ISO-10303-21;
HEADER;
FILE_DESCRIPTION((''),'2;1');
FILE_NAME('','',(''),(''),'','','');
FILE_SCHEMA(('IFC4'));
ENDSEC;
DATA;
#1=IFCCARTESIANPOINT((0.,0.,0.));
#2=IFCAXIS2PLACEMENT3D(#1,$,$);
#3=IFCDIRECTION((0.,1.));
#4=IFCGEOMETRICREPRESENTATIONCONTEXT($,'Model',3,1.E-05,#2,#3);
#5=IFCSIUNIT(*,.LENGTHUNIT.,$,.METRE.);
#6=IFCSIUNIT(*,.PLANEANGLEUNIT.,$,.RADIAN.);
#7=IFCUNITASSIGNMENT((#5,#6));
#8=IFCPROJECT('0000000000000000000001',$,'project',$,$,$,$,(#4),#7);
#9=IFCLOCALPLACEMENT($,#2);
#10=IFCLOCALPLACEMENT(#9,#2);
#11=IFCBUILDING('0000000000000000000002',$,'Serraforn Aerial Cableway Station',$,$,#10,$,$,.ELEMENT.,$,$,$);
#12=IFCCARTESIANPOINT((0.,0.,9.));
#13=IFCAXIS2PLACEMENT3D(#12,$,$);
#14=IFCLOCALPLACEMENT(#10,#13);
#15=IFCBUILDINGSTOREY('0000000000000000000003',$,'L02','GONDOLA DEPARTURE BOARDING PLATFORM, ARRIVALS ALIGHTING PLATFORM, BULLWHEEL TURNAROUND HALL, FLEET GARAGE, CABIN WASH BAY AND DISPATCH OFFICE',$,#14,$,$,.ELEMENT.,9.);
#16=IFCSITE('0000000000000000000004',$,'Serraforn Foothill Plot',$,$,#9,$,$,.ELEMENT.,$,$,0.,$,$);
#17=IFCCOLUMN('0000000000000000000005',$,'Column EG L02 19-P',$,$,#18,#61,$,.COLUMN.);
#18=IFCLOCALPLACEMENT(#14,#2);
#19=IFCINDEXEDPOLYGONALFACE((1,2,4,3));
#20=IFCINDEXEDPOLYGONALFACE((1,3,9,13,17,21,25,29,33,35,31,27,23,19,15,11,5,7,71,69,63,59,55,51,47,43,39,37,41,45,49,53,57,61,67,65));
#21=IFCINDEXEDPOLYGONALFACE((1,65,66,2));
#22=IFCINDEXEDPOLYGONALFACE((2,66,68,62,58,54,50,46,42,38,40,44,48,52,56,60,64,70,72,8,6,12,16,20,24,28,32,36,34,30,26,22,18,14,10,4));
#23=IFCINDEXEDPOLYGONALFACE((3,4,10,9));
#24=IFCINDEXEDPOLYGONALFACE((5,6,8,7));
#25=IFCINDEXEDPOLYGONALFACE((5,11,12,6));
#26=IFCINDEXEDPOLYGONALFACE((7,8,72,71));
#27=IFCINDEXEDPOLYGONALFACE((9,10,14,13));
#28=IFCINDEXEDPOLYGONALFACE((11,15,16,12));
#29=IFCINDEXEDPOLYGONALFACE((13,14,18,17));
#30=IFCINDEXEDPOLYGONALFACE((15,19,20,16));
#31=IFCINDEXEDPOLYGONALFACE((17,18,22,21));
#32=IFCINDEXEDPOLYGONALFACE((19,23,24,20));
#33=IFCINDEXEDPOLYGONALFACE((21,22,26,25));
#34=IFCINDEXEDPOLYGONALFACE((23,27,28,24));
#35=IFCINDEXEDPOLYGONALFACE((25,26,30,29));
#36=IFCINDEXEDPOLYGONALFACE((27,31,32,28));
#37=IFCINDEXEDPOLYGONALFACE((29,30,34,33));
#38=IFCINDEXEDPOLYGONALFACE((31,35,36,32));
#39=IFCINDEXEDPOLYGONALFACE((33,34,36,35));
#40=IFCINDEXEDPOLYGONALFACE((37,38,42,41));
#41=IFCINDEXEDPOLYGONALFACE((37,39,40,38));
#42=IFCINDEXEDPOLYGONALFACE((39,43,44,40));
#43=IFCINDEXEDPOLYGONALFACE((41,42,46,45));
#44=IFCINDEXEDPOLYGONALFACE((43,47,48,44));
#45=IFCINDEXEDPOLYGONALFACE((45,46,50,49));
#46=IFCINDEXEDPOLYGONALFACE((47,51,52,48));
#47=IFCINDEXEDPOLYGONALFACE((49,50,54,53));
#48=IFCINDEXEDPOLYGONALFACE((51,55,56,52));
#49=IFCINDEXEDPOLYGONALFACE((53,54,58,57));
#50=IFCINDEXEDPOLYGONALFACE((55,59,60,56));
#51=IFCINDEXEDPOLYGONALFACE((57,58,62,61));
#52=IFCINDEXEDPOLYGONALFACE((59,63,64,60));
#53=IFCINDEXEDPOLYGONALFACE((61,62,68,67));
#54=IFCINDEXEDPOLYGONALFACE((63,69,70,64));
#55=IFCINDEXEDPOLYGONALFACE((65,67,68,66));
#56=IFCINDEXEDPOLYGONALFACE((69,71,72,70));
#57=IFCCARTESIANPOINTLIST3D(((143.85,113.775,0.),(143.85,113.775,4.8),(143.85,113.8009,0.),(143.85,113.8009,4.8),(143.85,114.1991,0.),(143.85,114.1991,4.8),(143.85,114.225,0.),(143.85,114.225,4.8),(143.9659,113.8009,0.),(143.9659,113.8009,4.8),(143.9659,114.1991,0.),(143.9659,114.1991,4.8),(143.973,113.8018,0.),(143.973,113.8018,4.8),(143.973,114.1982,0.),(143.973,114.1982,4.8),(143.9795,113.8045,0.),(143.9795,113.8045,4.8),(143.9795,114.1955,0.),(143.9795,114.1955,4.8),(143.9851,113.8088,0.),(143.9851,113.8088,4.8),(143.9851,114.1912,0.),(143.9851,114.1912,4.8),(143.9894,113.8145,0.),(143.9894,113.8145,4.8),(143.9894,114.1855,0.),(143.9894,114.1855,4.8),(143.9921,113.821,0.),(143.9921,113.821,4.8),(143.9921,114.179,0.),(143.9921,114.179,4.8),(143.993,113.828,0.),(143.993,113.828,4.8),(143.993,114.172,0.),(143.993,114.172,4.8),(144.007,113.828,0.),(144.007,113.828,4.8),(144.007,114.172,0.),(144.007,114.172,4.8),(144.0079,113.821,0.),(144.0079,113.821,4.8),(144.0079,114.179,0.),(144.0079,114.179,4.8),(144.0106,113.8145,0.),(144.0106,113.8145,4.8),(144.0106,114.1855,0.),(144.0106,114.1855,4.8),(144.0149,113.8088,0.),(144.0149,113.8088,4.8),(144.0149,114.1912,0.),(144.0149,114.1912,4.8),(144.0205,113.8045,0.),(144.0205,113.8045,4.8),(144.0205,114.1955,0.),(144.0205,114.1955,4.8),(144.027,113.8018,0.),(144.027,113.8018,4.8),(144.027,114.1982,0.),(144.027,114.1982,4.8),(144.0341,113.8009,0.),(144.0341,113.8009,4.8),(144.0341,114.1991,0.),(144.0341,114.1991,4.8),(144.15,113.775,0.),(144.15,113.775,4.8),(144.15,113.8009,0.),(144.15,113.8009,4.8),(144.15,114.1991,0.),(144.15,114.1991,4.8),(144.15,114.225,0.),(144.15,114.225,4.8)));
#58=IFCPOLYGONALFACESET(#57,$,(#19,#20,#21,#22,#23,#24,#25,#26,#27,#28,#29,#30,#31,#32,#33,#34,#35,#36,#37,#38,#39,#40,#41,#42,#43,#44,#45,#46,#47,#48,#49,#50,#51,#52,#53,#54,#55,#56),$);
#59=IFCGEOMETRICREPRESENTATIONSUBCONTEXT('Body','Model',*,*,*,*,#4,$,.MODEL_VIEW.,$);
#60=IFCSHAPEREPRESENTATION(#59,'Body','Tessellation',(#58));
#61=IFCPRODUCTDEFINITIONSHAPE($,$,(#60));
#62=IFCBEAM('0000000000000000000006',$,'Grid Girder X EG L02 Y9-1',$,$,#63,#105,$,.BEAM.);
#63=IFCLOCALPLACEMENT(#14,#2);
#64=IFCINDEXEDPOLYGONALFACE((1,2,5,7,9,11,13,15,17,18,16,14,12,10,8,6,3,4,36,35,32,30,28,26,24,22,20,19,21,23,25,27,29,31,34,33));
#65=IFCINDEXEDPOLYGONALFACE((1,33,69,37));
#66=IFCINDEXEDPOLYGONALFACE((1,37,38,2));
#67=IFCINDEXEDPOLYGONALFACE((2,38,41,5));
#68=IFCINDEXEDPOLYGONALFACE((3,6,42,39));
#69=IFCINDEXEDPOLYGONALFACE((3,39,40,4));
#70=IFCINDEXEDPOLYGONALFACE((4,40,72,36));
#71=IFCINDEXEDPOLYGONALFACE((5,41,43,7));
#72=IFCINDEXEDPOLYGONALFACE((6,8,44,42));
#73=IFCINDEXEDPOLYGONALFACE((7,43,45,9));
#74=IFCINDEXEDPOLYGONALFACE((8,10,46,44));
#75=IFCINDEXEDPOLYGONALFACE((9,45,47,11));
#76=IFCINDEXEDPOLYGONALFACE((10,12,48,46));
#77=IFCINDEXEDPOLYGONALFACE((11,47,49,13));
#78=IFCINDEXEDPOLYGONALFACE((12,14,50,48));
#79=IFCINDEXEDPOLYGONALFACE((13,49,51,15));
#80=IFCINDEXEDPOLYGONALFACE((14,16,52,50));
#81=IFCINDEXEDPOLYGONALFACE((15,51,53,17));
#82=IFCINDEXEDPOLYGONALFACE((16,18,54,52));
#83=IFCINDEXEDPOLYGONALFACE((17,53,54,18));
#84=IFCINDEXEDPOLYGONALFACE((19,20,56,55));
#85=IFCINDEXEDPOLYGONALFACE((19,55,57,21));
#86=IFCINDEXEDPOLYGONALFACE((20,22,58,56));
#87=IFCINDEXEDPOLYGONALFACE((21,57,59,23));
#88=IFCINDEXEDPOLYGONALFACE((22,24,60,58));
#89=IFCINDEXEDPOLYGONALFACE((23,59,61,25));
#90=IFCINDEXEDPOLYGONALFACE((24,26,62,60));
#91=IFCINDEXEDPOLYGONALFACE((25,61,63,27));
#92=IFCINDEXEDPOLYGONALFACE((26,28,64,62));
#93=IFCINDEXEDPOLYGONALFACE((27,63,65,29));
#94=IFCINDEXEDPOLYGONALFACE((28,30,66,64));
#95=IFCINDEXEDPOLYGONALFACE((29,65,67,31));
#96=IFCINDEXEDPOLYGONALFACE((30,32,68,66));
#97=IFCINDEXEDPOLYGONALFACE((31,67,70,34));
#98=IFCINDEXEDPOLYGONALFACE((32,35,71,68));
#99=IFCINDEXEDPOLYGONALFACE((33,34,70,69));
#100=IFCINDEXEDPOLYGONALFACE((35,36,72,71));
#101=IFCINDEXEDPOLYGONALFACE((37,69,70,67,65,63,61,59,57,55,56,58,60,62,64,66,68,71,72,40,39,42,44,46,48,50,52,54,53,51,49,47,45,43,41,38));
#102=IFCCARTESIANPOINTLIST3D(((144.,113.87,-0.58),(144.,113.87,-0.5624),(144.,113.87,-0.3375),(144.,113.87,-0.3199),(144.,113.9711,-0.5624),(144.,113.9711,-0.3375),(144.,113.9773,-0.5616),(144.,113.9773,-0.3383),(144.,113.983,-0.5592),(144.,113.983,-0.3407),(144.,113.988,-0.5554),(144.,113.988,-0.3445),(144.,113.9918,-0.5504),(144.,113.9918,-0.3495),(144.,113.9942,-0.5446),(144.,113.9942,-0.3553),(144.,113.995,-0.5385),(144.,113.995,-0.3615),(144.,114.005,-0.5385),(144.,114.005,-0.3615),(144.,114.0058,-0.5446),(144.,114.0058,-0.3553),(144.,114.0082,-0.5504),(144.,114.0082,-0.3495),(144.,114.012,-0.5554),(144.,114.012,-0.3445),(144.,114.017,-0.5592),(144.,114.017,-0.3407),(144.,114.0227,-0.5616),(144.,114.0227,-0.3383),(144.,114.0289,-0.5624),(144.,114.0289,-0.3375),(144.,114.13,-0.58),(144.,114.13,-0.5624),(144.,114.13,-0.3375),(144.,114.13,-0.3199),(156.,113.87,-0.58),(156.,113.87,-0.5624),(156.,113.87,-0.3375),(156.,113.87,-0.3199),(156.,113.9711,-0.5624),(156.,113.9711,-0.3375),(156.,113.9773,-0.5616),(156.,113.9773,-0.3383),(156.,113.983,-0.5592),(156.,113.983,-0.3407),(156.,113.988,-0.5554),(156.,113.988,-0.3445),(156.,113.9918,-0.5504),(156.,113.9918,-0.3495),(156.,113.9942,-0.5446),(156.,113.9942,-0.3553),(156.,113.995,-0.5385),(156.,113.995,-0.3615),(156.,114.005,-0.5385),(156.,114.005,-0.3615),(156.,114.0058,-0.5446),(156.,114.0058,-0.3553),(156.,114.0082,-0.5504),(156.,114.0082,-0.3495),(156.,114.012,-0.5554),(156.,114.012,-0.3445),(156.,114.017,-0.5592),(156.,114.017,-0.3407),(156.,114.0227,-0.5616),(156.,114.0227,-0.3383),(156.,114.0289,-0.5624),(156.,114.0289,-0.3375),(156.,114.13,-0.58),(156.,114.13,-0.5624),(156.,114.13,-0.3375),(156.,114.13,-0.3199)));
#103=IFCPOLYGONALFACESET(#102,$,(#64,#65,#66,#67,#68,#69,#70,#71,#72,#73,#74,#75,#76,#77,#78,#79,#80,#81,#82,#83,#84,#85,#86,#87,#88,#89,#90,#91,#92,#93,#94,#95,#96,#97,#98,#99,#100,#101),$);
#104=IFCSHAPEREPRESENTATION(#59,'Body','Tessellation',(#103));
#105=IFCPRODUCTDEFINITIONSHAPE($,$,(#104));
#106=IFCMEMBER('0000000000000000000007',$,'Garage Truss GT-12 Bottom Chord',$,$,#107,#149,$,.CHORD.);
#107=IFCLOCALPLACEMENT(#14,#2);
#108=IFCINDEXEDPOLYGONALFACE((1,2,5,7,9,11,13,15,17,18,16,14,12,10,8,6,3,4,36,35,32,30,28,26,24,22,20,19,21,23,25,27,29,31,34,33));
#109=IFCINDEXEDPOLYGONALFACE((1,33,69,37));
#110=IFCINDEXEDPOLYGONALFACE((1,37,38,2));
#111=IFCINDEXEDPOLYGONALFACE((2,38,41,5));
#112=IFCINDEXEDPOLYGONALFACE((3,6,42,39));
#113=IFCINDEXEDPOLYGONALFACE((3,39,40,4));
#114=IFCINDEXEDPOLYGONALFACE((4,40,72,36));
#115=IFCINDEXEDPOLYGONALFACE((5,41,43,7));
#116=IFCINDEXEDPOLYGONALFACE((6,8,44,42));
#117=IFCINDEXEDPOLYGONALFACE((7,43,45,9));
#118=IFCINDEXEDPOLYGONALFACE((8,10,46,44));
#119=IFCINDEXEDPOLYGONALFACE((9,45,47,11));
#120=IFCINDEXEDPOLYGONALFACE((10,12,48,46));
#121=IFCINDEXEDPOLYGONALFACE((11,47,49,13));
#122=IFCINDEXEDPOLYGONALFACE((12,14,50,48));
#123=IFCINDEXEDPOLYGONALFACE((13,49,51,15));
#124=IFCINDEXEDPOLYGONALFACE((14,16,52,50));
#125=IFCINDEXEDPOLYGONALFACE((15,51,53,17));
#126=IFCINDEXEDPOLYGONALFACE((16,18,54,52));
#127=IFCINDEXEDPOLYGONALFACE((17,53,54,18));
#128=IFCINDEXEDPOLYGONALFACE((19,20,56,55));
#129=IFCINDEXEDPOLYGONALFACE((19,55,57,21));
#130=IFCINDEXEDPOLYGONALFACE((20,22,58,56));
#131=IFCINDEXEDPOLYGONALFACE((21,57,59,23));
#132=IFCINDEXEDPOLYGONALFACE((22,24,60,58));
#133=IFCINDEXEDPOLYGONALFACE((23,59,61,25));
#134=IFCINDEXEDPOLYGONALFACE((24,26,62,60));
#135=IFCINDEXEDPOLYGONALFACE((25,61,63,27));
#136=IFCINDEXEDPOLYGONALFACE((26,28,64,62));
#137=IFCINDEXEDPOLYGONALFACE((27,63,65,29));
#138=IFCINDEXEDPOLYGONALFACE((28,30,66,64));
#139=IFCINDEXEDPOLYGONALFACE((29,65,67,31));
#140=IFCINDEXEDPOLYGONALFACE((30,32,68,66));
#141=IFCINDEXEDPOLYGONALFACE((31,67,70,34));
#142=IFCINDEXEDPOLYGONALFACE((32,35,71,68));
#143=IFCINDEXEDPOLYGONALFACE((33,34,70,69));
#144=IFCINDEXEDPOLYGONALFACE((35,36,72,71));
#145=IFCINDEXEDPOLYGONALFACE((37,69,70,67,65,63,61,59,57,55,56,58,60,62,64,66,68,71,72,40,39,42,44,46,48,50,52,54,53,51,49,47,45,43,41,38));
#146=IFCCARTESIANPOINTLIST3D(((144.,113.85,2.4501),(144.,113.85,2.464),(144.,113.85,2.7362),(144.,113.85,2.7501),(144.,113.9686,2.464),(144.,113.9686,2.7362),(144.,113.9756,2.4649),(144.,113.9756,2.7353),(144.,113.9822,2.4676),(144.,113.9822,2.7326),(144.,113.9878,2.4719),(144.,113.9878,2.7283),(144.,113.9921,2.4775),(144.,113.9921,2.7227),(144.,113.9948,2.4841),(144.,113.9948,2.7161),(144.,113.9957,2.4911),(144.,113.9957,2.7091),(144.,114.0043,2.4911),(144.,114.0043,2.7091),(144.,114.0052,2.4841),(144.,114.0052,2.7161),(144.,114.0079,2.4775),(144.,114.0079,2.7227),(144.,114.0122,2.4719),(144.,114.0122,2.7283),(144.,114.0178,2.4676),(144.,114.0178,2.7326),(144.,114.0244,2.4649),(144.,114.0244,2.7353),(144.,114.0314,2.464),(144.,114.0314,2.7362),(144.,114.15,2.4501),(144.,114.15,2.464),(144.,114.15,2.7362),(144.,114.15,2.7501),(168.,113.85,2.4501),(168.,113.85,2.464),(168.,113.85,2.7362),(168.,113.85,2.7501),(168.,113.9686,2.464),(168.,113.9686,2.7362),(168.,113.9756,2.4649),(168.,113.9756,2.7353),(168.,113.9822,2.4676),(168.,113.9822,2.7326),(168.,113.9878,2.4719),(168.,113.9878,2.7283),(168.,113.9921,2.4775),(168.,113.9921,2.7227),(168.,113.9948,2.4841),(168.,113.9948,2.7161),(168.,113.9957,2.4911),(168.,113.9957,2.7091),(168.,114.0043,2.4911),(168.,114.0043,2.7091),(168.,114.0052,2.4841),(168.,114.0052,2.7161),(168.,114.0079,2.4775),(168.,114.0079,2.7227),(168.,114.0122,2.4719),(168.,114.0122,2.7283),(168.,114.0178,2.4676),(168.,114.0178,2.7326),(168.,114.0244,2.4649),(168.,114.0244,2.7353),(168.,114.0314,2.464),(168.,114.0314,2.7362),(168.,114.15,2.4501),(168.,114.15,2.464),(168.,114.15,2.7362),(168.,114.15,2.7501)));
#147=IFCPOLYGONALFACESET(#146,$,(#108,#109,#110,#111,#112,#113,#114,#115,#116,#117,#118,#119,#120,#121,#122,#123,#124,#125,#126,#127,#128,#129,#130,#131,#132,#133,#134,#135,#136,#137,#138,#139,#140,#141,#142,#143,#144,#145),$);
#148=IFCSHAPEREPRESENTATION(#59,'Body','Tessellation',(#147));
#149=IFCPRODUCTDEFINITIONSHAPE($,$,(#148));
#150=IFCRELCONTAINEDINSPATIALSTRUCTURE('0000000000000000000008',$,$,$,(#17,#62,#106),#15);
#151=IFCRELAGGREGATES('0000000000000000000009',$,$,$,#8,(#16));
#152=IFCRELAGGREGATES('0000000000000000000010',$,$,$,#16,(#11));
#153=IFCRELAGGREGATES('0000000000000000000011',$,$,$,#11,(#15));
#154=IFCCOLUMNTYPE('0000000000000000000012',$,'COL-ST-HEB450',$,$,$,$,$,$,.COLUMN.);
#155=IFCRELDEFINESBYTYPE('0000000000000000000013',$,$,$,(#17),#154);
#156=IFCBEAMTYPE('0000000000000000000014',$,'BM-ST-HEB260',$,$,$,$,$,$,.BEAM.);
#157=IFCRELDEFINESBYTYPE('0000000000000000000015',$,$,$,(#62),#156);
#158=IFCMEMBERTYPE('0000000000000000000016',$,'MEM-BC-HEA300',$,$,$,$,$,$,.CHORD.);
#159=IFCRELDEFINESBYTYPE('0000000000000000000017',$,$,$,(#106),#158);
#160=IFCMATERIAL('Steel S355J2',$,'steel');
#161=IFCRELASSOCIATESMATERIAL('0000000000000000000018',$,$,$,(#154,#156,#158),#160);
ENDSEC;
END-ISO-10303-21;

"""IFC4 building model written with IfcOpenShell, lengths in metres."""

from ifc_helpers import new_model, si_unit, direction, frame, origin, origin_2d, place, context, subcontext, project, spatial, i_section, extrude, material, material_profile, profile_set, type_object, element, save


model = new_model("IFC4")

# Units and contexts
model_context = context("Model", 3, precision=1e-05, world=origin(), true_north=direction((0.0, 1.0)))
body_context = subcontext(model_context, "Body", "Model", "MODEL_VIEW")
ifc_project = project(units=[si_unit("LENGTHUNIT", "METRE"), si_unit("PLANEANGLEUNIT", "RADIAN")], contexts=[model_context])

# Site, building, storey
site_placement = place(None, origin())
site = spatial("IfcSite", under=ifc_project, at=site_placement, Name="Serraforn Foothill Plot", CompositionType="ELEMENT", RefElevation=0.0)
building_placement = place(site_placement, origin())
building = spatial("IfcBuilding", under=site, at=building_placement, Name="Serraforn Aerial Cableway Station", CompositionType="ELEMENT")
storey_placement = place(building_placement, frame((0.0, 0.0, 9.0)))
storey = spatial("IfcBuildingStorey", under=building, at=storey_placement, Name="L02", Description="GONDOLA DEPARTURE BOARDING PLATFORM, ARRIVALS ALIGHTING PLATFORM, BULLWHEEL TURNAROUND HALL, FLEET GARAGE, CABIN WASH BAY AND DISPATCH OFFICE", CompositionType="ELEMENT", Elevation=9.0)

# Column
ifc_material_1 = material(Name="Steel S355J2", Category="steel")
ifc_material_profile_1 = material_profile(ifc_material_1, i_section(OverallWidth=0.3, OverallDepth=0.45, WebThickness=0.0139, FlangeThickness=0.0259, FilletRadius=0.0271, at=origin_2d()), Name="HEB 450")
ifc_profile_set_1 = profile_set([ifc_material_profile_1], Name="Steel S355J2")
column_type = type_object("IfcColumnType", Name="COL-ST-HEB450", PredefinedType="COLUMN", material=ifc_profile_set_1)
column_placement = place(storey_placement, frame((144.0, 114.0, 0.0), z_axis=(0.0, 0.0, 1.0), x_axis=(1.0, 0.0, 0.0)))
element("IfcColumn", 1, at=column_placement, inside=storey, type_object=column_type, Name="Column EG L02 19-P", PredefinedType="COLUMN", context=body_context, shape_type="SweptSolid", body=[
    extrude(i_section(OverallWidth=0.3, OverallDepth=0.45, WebThickness=0.0139, FlangeThickness=0.0259, FilletRadius=0.0271, at=origin_2d()), origin(), (0.0, 0.0, 1.0), 4.8),
])

# Beam
ifc_material_profile_2 = material_profile(ifc_material_1, i_section(OverallWidth=0.26, OverallDepth=0.26, WebThickness=0.01, FlangeThickness=0.0176, FilletRadius=0.0239, at=origin_2d()), Name="HEB 260")
ifc_profile_set_2 = profile_set([ifc_material_profile_2], Name="Steel S355J2")
beam_type = type_object("IfcBeamType", Name="BM-ST-HEB260", PredefinedType="BEAM", material=ifc_profile_set_2)
beam_placement = place(storey_placement, frame((144.0, 114.0, -0.45), z_axis=(1.0, 0.0, 0.0), x_axis=(0.0, 1.0, 0.0)))
element("IfcBeam", 2, at=beam_placement, inside=storey, type_object=beam_type, Name="Grid Girder X EG L02 Y9-1", PredefinedType="BEAM", context=body_context, shape_type="SweptSolid", body=[
    extrude(i_section(OverallWidth=0.26, OverallDepth=0.26, WebThickness=0.01, FlangeThickness=0.0176, FilletRadius=0.0239, at=origin_2d()), origin(), (0.0, 0.0, 1.0), 12.0),
])

# Member
ifc_material_profile_3 = material_profile(ifc_material_1, i_section(OverallWidth=0.3, OverallDepth=0.3, WebThickness=0.0085, FlangeThickness=0.0139, FilletRadius=0.0271, at=origin_2d()), Name="HEA 300")
ifc_profile_set_3 = profile_set([ifc_material_profile_3], Name="Steel S355J2")
member_type_1 = type_object("IfcMemberType", Name="MEM-BC-HEA300", PredefinedType="CHORD", material=ifc_profile_set_3)
member_1_placement = place(storey_placement, frame((144.0, 114.0, 2.6001), z_axis=(1.0, 0.0, 0.0), x_axis=(0.0, 1.0, 0.0)))
element("IfcMember", 3, at=member_1_placement, inside=storey, type_object=member_type_1, Name="Garage Truss GT-12 Bottom Chord", PredefinedType="CHORD", context=body_context, shape_type="SweptSolid", body=[
    extrude(i_section(OverallWidth=0.3, OverallDepth=0.3, WebThickness=0.0085, FlangeThickness=0.0139, FilletRadius=0.0271, at=origin_2d()), origin(), (0.0, 0.0, 1.0), 24.0),
])

save(model, "model.ifc")
